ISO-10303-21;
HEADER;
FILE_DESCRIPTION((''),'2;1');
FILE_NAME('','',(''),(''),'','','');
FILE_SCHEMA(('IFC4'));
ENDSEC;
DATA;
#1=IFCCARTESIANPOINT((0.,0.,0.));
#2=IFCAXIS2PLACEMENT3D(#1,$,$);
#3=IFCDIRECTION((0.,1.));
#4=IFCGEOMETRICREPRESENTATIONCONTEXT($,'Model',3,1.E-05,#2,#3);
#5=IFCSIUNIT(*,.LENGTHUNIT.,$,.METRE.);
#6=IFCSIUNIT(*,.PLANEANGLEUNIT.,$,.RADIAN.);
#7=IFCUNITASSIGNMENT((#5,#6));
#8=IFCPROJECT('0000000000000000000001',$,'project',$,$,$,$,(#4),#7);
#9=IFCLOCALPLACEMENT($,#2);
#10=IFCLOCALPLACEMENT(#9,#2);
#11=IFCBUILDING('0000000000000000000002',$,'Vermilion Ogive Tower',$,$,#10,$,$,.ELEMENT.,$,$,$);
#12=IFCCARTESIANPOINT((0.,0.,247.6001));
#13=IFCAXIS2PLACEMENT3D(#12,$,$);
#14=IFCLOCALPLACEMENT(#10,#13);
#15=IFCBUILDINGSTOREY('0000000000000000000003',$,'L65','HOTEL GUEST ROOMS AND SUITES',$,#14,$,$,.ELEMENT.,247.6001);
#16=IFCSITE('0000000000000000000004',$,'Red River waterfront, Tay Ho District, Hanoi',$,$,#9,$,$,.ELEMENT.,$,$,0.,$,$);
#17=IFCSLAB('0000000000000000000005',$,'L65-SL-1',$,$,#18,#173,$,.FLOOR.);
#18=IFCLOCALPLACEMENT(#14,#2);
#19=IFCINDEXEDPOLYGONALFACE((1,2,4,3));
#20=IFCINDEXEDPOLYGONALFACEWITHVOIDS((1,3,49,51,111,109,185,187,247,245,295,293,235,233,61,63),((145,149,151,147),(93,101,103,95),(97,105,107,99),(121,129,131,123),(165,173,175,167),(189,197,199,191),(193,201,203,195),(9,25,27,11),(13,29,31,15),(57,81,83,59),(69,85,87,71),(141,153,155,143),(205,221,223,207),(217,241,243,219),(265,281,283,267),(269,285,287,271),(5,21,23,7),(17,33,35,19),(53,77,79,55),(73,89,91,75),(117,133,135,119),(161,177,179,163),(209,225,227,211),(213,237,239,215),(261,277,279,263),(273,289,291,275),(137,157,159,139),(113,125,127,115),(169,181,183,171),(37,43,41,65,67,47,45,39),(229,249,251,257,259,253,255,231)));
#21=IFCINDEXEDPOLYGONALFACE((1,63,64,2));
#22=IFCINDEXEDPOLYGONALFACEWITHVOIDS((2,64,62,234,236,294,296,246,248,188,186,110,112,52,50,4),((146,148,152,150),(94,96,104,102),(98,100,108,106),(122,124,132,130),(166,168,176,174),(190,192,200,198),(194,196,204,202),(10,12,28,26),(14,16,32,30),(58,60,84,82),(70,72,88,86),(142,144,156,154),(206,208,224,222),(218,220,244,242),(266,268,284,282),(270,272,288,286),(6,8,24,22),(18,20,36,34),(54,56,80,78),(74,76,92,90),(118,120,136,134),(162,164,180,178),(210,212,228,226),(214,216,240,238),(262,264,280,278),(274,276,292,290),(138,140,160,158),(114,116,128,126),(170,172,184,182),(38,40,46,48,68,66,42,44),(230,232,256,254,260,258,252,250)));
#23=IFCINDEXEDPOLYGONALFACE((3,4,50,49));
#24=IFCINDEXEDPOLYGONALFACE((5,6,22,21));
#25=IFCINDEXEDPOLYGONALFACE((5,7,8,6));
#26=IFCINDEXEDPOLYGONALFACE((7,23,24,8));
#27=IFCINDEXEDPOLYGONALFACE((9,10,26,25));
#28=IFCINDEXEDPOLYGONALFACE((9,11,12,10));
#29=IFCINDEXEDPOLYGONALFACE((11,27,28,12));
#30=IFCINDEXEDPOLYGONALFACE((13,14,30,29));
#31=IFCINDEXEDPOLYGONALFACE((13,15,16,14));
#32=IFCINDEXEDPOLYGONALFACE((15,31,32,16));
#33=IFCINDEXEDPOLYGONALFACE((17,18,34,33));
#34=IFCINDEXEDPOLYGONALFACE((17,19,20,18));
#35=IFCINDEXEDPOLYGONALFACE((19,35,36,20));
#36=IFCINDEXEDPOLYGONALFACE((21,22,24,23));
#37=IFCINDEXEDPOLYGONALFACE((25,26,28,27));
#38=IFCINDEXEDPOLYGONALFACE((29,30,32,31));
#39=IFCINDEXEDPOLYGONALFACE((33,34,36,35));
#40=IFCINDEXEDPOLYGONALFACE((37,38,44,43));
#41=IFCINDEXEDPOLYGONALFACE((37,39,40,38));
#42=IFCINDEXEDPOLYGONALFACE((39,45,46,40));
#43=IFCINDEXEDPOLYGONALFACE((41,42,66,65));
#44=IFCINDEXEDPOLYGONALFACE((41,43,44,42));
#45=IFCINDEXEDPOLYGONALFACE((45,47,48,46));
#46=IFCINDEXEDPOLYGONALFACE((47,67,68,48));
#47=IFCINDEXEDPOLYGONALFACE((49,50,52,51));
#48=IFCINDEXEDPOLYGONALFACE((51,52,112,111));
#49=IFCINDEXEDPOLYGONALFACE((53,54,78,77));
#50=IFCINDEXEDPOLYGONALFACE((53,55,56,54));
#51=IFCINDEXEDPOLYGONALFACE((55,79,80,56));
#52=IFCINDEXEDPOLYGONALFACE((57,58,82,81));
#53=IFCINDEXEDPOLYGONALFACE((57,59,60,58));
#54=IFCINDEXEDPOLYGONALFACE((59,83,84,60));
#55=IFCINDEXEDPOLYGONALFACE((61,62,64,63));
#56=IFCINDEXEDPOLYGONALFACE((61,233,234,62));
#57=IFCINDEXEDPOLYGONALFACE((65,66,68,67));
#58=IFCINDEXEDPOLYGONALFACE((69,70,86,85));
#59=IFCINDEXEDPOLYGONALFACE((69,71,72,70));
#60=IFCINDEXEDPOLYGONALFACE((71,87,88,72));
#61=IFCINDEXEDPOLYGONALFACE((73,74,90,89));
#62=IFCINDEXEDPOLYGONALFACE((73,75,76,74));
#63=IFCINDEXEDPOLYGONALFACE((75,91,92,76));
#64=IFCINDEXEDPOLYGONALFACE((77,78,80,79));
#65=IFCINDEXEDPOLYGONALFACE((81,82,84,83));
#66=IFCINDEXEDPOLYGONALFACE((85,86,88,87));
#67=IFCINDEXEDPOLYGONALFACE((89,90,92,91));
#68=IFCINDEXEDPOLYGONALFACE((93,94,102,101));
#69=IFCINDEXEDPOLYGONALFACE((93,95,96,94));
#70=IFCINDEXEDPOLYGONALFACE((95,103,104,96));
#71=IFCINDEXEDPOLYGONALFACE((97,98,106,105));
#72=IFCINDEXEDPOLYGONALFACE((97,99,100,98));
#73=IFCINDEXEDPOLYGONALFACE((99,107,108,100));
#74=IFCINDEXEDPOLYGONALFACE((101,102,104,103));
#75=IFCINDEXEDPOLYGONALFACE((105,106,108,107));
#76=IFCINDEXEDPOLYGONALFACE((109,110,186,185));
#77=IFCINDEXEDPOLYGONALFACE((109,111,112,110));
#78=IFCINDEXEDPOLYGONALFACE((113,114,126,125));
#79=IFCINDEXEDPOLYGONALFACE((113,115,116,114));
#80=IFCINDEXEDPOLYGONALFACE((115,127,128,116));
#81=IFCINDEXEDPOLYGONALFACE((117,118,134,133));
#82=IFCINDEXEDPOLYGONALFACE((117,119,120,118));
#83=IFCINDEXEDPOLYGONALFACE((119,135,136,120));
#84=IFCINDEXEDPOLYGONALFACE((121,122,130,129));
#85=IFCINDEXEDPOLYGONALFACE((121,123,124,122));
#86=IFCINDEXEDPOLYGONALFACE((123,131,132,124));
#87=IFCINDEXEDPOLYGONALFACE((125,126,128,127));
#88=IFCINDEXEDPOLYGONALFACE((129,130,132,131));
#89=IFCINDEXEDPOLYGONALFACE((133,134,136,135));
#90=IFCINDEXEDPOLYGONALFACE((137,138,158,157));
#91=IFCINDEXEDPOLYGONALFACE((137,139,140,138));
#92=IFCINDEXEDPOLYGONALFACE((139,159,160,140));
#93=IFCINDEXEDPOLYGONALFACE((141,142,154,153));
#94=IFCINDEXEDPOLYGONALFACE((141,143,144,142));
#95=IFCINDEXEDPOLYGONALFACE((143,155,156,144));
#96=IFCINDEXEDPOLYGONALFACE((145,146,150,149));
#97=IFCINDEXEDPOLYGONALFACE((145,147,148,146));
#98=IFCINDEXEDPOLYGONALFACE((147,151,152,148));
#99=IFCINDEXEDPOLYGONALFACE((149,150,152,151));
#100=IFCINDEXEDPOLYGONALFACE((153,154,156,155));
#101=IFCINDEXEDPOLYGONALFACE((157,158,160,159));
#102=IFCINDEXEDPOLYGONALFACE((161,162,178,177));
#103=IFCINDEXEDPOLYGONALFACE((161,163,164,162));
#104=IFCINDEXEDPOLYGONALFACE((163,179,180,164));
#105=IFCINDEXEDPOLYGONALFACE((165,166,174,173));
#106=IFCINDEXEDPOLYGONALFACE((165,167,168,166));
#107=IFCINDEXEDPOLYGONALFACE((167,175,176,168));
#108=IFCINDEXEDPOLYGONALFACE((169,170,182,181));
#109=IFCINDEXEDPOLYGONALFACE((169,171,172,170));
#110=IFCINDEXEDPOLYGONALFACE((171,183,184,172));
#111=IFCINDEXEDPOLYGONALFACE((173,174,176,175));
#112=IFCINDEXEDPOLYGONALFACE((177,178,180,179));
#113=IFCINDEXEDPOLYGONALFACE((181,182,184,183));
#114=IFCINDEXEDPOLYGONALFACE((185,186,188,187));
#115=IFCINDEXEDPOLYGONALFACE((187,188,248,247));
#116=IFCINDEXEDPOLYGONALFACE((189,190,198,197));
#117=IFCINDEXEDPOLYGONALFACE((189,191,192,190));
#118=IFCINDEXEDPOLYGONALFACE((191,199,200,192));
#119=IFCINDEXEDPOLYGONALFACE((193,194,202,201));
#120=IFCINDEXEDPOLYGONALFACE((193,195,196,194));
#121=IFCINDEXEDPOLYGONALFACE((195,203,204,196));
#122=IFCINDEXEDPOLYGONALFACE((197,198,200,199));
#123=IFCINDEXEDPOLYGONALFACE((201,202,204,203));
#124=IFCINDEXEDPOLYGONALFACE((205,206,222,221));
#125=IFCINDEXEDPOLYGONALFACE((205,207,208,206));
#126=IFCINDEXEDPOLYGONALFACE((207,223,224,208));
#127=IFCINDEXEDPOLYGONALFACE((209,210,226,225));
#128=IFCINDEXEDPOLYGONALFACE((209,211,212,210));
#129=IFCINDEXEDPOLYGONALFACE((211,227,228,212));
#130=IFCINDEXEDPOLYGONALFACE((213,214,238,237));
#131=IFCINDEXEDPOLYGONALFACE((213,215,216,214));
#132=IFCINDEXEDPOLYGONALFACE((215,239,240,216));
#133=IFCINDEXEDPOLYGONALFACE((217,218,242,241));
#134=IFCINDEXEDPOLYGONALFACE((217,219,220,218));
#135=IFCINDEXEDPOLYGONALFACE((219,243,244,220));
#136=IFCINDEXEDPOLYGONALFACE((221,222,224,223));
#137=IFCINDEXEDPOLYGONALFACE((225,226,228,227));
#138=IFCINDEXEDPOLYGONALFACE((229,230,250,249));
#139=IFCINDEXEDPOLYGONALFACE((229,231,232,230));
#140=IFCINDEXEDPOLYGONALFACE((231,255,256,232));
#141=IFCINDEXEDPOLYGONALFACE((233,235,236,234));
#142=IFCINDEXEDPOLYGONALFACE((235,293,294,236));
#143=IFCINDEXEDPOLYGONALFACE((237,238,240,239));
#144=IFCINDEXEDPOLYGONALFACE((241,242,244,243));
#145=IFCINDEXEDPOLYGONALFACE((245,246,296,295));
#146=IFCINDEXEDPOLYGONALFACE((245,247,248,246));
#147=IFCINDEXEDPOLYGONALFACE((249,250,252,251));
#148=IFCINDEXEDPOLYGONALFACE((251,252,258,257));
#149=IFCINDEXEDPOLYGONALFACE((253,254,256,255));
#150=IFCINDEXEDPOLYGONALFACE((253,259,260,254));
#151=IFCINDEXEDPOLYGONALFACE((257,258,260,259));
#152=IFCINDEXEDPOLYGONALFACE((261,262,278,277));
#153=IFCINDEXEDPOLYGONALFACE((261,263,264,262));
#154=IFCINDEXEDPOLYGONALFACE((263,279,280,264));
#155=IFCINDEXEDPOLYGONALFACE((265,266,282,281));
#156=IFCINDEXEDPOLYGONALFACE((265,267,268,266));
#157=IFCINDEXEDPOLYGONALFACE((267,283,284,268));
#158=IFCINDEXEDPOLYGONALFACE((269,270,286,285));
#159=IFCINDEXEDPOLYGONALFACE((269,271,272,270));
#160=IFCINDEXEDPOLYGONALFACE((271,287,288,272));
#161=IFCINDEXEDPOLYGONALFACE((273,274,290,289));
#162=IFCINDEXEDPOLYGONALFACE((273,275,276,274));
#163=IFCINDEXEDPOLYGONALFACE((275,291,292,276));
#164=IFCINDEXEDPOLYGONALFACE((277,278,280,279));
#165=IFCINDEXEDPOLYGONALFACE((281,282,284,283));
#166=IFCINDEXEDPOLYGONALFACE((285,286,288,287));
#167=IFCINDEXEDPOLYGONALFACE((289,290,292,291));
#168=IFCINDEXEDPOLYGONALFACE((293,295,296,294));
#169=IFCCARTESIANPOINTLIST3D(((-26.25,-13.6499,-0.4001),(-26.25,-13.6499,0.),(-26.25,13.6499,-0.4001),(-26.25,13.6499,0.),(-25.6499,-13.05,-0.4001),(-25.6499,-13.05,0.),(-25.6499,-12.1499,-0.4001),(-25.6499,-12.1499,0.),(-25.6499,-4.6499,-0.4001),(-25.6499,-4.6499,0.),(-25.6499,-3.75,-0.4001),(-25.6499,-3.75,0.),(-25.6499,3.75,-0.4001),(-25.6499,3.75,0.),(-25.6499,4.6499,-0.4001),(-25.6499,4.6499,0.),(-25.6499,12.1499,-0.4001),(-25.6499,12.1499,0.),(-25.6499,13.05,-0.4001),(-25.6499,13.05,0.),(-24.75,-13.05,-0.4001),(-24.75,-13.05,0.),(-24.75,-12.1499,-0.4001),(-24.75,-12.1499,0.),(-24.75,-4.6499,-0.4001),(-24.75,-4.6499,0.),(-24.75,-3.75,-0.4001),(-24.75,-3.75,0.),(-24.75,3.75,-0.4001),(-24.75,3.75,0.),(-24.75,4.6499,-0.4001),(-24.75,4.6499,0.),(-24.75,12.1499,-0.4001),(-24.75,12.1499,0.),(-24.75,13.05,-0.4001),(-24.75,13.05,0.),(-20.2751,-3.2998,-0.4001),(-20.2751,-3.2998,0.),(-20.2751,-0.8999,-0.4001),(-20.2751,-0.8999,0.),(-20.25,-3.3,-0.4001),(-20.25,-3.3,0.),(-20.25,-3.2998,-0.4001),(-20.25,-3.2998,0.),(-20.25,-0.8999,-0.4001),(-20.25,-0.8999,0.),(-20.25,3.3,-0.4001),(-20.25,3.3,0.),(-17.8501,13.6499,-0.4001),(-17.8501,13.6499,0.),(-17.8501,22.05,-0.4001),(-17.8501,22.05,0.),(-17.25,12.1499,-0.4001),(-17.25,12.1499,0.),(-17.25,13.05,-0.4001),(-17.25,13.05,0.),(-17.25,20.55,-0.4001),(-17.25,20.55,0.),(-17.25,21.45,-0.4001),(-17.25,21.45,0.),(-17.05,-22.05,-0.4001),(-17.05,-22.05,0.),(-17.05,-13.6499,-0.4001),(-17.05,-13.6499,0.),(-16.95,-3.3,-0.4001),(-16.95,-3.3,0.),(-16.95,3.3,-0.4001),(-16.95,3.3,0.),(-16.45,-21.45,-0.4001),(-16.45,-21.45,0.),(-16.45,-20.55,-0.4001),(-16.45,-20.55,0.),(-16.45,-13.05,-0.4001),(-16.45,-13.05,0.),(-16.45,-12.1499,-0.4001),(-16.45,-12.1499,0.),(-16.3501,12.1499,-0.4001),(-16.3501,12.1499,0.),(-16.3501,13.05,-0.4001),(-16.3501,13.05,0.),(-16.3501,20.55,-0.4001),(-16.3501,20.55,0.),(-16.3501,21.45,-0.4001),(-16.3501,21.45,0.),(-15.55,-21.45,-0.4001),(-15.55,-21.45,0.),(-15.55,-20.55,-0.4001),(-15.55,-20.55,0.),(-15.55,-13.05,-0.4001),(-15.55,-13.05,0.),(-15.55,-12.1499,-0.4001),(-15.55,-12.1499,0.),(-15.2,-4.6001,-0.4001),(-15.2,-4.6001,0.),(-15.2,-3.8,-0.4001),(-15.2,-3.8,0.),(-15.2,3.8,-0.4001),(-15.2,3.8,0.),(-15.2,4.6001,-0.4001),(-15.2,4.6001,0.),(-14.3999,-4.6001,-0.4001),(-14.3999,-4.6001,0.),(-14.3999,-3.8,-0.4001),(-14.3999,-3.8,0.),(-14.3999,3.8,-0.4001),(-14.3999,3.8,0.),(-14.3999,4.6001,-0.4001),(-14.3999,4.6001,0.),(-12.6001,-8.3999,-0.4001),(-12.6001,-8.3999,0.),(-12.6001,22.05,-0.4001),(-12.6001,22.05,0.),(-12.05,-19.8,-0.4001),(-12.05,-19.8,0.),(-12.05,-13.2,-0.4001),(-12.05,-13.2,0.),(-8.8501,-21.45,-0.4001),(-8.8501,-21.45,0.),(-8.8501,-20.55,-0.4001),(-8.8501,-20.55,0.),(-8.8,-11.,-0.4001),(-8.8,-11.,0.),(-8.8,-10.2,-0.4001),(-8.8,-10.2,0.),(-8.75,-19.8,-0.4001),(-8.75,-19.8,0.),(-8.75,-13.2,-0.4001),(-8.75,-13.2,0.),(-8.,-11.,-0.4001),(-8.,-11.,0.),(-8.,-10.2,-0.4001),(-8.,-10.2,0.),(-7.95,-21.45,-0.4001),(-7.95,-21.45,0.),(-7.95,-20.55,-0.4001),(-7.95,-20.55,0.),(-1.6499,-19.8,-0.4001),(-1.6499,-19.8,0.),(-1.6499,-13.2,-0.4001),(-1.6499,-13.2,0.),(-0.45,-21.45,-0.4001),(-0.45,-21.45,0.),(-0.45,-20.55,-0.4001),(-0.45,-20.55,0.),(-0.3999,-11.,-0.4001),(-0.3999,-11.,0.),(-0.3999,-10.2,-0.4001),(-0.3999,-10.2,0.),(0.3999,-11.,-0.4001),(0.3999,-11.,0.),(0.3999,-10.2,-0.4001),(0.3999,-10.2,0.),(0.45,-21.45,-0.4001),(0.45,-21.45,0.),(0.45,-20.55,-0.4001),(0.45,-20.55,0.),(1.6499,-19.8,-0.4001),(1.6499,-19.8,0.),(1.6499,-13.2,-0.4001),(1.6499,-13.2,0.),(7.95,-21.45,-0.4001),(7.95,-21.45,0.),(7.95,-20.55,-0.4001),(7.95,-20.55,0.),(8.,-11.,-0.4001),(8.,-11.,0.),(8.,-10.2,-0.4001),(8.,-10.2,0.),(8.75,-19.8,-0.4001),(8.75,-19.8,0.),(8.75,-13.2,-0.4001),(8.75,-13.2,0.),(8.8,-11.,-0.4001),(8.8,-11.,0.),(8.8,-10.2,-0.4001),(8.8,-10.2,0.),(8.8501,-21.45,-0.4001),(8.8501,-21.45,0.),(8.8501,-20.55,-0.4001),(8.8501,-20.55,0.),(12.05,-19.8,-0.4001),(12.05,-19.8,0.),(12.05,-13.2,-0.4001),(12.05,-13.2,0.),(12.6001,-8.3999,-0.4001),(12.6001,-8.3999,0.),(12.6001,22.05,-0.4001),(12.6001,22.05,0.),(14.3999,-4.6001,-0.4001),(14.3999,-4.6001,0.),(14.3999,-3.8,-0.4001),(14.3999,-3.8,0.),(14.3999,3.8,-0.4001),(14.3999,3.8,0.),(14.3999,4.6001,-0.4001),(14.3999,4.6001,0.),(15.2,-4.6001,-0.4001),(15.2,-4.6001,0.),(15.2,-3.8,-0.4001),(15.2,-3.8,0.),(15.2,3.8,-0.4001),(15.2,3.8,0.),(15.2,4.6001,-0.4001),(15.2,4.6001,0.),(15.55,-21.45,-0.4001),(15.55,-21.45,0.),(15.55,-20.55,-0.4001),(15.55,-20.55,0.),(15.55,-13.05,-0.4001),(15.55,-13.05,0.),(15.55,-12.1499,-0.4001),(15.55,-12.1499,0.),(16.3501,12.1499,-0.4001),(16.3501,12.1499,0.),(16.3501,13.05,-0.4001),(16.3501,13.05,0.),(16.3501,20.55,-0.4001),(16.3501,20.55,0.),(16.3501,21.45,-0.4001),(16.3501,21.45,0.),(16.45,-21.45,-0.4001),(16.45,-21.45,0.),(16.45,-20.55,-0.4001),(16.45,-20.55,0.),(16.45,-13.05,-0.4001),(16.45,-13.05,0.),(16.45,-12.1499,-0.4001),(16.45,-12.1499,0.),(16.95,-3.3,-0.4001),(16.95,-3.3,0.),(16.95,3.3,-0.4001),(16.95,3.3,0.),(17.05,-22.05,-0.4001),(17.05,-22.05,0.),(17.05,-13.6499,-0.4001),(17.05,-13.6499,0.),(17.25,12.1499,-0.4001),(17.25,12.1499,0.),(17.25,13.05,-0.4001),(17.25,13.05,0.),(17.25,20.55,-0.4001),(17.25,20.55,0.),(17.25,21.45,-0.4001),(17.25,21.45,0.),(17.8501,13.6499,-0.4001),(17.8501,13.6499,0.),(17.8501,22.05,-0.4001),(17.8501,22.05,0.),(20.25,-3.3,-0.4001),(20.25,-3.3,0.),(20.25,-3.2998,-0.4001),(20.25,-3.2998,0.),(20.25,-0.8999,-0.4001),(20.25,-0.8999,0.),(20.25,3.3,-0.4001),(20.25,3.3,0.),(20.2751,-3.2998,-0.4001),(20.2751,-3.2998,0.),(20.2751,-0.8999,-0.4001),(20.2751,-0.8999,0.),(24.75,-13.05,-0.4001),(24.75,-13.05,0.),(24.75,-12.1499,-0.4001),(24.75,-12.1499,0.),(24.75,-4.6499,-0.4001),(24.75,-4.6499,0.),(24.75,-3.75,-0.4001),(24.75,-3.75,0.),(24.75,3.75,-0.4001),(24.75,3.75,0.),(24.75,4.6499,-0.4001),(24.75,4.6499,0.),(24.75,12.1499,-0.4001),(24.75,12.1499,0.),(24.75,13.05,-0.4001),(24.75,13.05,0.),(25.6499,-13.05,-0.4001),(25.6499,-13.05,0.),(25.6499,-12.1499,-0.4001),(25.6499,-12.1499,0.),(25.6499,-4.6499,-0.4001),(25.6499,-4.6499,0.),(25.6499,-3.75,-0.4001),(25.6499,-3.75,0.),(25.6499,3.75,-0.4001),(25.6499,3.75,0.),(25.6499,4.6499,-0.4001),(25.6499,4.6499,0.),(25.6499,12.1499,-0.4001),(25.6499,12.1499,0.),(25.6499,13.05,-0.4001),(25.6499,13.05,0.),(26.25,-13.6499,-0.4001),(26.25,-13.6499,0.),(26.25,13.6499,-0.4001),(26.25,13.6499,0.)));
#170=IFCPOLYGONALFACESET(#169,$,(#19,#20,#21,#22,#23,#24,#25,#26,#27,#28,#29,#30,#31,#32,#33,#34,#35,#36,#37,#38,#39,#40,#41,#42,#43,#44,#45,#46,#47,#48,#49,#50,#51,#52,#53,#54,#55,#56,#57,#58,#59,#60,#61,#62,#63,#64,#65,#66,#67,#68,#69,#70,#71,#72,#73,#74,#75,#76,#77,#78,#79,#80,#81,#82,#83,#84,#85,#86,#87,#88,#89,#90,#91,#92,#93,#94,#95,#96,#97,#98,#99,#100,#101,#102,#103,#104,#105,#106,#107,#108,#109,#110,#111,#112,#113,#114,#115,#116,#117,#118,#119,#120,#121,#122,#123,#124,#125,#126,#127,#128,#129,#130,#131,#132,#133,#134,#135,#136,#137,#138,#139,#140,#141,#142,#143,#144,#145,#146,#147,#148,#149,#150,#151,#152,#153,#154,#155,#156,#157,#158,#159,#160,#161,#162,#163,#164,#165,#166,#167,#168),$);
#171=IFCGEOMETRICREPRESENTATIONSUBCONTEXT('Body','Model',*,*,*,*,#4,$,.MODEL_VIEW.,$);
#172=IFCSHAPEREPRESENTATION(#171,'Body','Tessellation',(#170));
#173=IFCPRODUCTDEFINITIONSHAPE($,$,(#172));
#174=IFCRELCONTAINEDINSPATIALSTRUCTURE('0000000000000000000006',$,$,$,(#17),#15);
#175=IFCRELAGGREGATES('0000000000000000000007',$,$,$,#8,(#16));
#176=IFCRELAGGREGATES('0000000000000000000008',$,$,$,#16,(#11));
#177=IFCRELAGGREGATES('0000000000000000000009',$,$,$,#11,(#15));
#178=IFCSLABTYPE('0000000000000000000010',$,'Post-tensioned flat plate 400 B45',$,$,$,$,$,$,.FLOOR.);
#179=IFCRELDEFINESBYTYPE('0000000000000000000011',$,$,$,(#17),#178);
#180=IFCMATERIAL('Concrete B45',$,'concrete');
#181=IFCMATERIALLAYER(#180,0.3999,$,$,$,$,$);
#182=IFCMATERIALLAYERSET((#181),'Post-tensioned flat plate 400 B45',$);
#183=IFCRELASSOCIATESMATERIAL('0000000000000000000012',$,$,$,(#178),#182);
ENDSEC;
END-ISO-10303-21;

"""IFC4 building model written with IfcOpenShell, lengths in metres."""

from ifc_helpers import new_model, si_unit, direction, frame, origin, place, context, subcontext, project, spatial, polyline, outline, extrude, material, layer, layer_set, type_object, element, save


model = new_model("IFC4")

# Units and contexts
model_context = context("Model", 3, precision=1e-05, world=origin(), true_north=direction((0.0, 1.0)))
body_context = subcontext(model_context, "Body", "Model", "MODEL_VIEW")
ifc_project = project(units=[si_unit("LENGTHUNIT", "METRE"), si_unit("PLANEANGLEUNIT", "RADIAN")], contexts=[model_context])

# Site, building, storey
site_placement = place(None, origin())
site = spatial("IfcSite", under=ifc_project, at=site_placement, Name="Red River waterfront, Tay Ho District, Hanoi", CompositionType="ELEMENT", RefElevation=0.0)
building_placement = place(site_placement, origin())
building = spatial("IfcBuilding", under=site, at=building_placement, Name="Vermilion Ogive Tower", CompositionType="ELEMENT")
storey_placement = place(building_placement, frame((0.0, 0.0, 247.6001)))
storey = spatial("IfcBuildingStorey", under=building, at=storey_placement, Name="L65", Description="HOTEL GUEST ROOMS AND SUITES", CompositionType="ELEMENT", Elevation=247.6001)

# Slab
ifc_material_1 = material(Name="Concrete B45", Category="concrete")
ifc_layer_1 = layer(ifc_material_1, 0.3999)
ifc_layer_set_1 = layer_set([ifc_layer_1], Name="Post-tensioned flat plate 400 B45")
slab_type = type_object("IfcSlabType", Name="Post-tensioned flat plate 400 B45", PredefinedType="FLOOR", material=ifc_layer_set_1)
slab_placement = place(storey_placement, frame((0.0, 0.0, -0.4001)))
element("IfcSlab", 1, at=slab_placement, inside=storey, type_object=slab_type, Name="L65-SL-1", PredefinedType="FLOOR", context=body_context, shape_type="SweptSolid", body=[
    extrude(outline(polyline([(-26.25, 13.6499), (-26.25, -13.6499), (-17.05, -13.6499), (-17.05, -22.05), (17.05, -22.05), (17.05, -13.6499), (26.25, -13.6499), (26.25, 13.6499), (17.8501, 13.6499), (17.8501, 22.05), (12.6001, 22.05), (12.6001, -8.3999), (-12.6001, -8.3999), (-12.6001, 22.05), (-17.8501, 22.05), (-17.8501, 13.6499), (-26.25, 13.6499)]), holes=[polyline([(24.75, -3.75), (25.6499, -3.75), (25.6499, -4.6499), (24.75, -4.6499), (24.75, -3.75)]), polyline([(24.75, -12.1499), (25.6499, -12.1499), (25.6499, -13.05), (24.75, -13.05), (24.75, -12.1499)]), polyline([(25.6499, 13.05), (25.6499, 12.1499), (24.75, 12.1499), (24.75, 13.05), (25.6499, 13.05)]), polyline([(25.6499, 4.6499), (25.6499, 3.75), (24.75, 3.75), (24.75, 4.6499), (25.6499, 4.6499)]), polyline([(20.2751, -3.2998), (20.25, -3.2998), (20.25, -3.3), (16.95, -3.3), (16.95, 3.3), (20.25, 3.3), (20.25, -0.8999), (20.2751, -0.8999), (20.2751, -3.2998)]), polyline([(16.3501, 13.05), (17.25, 13.05), (17.25, 12.1499), (16.3501, 12.1499), (16.3501, 13.05)]), polyline([(17.25, 21.45), (17.25, 20.55), (16.3501, 20.55), (16.3501, 21.45), (17.25, 21.45)]), polyline([(15.55, -12.1499), (16.45, -12.1499), (16.45, -13.05), (15.55, -13.05), (15.55, -12.1499)]), polyline([(15.55, -20.55), (16.45, -20.55), (16.45, -21.45), (15.55, -21.45), (15.55, -20.55)]), polyline([(14.3999, 4.6001), (15.2, 4.6001), (15.2, 3.8), (14.3999, 3.8), (14.3999, 4.6001)]), polyline([(15.2, -3.8), (15.2, -4.6001), (14.3999, -4.6001), (14.3999, -3.8), (15.2, -3.8)]), polyline([(8.75, -13.2), (12.05, -13.2), (12.05, -19.8), (8.75, -19.8), (8.75, -13.2)]), polyline([(7.95, -20.55), (8.8501, -20.55), (8.8501, -21.45), (7.95, -21.45), (7.95, -20.55)]), polyline([(8.8, -10.2), (8.8, -11.0), (8.0, -11.0), (8.0, -10.2), (8.8, -10.2)]), polyline([(-1.6499, -13.2), (1.6499, -13.2), (1.6499, -19.8), (-1.6499, -19.8), (-1.6499, -13.2)]), polyline([(-0.45, -20.55), (0.45, -20.55), (0.45, -21.45), (-0.45, -21.45), (-0.45, -20.55)]), polyline([(-0.3999, -10.2), (0.3999, -10.2), (0.3999, -11.0), (-0.3999, -11.0), (-0.3999, -10.2)]), polyline([(-8.8501, -20.55), (-7.95, -20.55), (-7.95, -21.45), (-8.8501, -21.45), (-8.8501, -20.55)]), polyline([(-8.8, -10.2), (-8.0, -10.2), (-8.0, -11.0), (-8.8, -11.0), (-8.8, -10.2)]), polyline([(-12.05, -13.2), (-8.75, -13.2), (-8.75, -19.8), (-12.05, -19.8), (-12.05, -13.2)]), polyline([(-15.2, 4.6001), (-14.3999, 4.6001), (-14.3999, 3.8), (-15.2, 3.8), (-15.2, 4.6001)]), polyline([(-14.3999, -3.8), (-14.3999, -4.6001), (-15.2, -4.6001), (-15.2, -3.8), (-14.3999, -3.8)]), polyline([(-16.45, -12.1499), (-15.55, -12.1499), (-15.55, -13.05), (-16.45, -13.05), (-16.45, -12.1499)]), polyline([(-16.45, -20.55), (-15.55, -20.55), (-15.55, -21.45), (-16.45, -21.45), (-16.45, -20.55)]), polyline([(-17.25, 13.05), (-16.3501, 13.05), (-16.3501, 12.1499), (-17.25, 12.1499), (-17.25, 13.05)]), polyline([(-16.3501, 21.45), (-16.3501, 20.55), (-17.25, 20.55), (-17.25, 21.45), (-16.3501, 21.45)]), polyline([(-20.25, -3.3), (-20.25, -3.2998), (-20.2751, -3.2998), (-20.2751, -0.8999), (-20.25, -0.8999), (-20.25, 3.3), (-16.95, 3.3), (-16.95, -3.3), (-20.25, -3.3)]), polyline([(-24.75, 4.6499), (-24.75, 3.75), (-25.6499, 3.75), (-25.6499, 4.6499), (-24.75, 4.6499)]), polyline([(-25.6499, 13.05), (-24.75, 13.05), (-24.75, 12.1499), (-25.6499, 12.1499), (-25.6499, 13.05)]), polyline([(-25.6499, -3.75), (-24.75, -3.75), (-24.75, -4.6499), (-25.6499, -4.6499), (-25.6499, -3.75)]), polyline([(-25.6499, -12.1499), (-24.75, -12.1499), (-24.75, -13.05), (-25.6499, -13.05), (-25.6499, -12.1499)])]), origin(), (0.0, 0.0, 1.0), 0.4001),
])

save(model, "model.ifc")
